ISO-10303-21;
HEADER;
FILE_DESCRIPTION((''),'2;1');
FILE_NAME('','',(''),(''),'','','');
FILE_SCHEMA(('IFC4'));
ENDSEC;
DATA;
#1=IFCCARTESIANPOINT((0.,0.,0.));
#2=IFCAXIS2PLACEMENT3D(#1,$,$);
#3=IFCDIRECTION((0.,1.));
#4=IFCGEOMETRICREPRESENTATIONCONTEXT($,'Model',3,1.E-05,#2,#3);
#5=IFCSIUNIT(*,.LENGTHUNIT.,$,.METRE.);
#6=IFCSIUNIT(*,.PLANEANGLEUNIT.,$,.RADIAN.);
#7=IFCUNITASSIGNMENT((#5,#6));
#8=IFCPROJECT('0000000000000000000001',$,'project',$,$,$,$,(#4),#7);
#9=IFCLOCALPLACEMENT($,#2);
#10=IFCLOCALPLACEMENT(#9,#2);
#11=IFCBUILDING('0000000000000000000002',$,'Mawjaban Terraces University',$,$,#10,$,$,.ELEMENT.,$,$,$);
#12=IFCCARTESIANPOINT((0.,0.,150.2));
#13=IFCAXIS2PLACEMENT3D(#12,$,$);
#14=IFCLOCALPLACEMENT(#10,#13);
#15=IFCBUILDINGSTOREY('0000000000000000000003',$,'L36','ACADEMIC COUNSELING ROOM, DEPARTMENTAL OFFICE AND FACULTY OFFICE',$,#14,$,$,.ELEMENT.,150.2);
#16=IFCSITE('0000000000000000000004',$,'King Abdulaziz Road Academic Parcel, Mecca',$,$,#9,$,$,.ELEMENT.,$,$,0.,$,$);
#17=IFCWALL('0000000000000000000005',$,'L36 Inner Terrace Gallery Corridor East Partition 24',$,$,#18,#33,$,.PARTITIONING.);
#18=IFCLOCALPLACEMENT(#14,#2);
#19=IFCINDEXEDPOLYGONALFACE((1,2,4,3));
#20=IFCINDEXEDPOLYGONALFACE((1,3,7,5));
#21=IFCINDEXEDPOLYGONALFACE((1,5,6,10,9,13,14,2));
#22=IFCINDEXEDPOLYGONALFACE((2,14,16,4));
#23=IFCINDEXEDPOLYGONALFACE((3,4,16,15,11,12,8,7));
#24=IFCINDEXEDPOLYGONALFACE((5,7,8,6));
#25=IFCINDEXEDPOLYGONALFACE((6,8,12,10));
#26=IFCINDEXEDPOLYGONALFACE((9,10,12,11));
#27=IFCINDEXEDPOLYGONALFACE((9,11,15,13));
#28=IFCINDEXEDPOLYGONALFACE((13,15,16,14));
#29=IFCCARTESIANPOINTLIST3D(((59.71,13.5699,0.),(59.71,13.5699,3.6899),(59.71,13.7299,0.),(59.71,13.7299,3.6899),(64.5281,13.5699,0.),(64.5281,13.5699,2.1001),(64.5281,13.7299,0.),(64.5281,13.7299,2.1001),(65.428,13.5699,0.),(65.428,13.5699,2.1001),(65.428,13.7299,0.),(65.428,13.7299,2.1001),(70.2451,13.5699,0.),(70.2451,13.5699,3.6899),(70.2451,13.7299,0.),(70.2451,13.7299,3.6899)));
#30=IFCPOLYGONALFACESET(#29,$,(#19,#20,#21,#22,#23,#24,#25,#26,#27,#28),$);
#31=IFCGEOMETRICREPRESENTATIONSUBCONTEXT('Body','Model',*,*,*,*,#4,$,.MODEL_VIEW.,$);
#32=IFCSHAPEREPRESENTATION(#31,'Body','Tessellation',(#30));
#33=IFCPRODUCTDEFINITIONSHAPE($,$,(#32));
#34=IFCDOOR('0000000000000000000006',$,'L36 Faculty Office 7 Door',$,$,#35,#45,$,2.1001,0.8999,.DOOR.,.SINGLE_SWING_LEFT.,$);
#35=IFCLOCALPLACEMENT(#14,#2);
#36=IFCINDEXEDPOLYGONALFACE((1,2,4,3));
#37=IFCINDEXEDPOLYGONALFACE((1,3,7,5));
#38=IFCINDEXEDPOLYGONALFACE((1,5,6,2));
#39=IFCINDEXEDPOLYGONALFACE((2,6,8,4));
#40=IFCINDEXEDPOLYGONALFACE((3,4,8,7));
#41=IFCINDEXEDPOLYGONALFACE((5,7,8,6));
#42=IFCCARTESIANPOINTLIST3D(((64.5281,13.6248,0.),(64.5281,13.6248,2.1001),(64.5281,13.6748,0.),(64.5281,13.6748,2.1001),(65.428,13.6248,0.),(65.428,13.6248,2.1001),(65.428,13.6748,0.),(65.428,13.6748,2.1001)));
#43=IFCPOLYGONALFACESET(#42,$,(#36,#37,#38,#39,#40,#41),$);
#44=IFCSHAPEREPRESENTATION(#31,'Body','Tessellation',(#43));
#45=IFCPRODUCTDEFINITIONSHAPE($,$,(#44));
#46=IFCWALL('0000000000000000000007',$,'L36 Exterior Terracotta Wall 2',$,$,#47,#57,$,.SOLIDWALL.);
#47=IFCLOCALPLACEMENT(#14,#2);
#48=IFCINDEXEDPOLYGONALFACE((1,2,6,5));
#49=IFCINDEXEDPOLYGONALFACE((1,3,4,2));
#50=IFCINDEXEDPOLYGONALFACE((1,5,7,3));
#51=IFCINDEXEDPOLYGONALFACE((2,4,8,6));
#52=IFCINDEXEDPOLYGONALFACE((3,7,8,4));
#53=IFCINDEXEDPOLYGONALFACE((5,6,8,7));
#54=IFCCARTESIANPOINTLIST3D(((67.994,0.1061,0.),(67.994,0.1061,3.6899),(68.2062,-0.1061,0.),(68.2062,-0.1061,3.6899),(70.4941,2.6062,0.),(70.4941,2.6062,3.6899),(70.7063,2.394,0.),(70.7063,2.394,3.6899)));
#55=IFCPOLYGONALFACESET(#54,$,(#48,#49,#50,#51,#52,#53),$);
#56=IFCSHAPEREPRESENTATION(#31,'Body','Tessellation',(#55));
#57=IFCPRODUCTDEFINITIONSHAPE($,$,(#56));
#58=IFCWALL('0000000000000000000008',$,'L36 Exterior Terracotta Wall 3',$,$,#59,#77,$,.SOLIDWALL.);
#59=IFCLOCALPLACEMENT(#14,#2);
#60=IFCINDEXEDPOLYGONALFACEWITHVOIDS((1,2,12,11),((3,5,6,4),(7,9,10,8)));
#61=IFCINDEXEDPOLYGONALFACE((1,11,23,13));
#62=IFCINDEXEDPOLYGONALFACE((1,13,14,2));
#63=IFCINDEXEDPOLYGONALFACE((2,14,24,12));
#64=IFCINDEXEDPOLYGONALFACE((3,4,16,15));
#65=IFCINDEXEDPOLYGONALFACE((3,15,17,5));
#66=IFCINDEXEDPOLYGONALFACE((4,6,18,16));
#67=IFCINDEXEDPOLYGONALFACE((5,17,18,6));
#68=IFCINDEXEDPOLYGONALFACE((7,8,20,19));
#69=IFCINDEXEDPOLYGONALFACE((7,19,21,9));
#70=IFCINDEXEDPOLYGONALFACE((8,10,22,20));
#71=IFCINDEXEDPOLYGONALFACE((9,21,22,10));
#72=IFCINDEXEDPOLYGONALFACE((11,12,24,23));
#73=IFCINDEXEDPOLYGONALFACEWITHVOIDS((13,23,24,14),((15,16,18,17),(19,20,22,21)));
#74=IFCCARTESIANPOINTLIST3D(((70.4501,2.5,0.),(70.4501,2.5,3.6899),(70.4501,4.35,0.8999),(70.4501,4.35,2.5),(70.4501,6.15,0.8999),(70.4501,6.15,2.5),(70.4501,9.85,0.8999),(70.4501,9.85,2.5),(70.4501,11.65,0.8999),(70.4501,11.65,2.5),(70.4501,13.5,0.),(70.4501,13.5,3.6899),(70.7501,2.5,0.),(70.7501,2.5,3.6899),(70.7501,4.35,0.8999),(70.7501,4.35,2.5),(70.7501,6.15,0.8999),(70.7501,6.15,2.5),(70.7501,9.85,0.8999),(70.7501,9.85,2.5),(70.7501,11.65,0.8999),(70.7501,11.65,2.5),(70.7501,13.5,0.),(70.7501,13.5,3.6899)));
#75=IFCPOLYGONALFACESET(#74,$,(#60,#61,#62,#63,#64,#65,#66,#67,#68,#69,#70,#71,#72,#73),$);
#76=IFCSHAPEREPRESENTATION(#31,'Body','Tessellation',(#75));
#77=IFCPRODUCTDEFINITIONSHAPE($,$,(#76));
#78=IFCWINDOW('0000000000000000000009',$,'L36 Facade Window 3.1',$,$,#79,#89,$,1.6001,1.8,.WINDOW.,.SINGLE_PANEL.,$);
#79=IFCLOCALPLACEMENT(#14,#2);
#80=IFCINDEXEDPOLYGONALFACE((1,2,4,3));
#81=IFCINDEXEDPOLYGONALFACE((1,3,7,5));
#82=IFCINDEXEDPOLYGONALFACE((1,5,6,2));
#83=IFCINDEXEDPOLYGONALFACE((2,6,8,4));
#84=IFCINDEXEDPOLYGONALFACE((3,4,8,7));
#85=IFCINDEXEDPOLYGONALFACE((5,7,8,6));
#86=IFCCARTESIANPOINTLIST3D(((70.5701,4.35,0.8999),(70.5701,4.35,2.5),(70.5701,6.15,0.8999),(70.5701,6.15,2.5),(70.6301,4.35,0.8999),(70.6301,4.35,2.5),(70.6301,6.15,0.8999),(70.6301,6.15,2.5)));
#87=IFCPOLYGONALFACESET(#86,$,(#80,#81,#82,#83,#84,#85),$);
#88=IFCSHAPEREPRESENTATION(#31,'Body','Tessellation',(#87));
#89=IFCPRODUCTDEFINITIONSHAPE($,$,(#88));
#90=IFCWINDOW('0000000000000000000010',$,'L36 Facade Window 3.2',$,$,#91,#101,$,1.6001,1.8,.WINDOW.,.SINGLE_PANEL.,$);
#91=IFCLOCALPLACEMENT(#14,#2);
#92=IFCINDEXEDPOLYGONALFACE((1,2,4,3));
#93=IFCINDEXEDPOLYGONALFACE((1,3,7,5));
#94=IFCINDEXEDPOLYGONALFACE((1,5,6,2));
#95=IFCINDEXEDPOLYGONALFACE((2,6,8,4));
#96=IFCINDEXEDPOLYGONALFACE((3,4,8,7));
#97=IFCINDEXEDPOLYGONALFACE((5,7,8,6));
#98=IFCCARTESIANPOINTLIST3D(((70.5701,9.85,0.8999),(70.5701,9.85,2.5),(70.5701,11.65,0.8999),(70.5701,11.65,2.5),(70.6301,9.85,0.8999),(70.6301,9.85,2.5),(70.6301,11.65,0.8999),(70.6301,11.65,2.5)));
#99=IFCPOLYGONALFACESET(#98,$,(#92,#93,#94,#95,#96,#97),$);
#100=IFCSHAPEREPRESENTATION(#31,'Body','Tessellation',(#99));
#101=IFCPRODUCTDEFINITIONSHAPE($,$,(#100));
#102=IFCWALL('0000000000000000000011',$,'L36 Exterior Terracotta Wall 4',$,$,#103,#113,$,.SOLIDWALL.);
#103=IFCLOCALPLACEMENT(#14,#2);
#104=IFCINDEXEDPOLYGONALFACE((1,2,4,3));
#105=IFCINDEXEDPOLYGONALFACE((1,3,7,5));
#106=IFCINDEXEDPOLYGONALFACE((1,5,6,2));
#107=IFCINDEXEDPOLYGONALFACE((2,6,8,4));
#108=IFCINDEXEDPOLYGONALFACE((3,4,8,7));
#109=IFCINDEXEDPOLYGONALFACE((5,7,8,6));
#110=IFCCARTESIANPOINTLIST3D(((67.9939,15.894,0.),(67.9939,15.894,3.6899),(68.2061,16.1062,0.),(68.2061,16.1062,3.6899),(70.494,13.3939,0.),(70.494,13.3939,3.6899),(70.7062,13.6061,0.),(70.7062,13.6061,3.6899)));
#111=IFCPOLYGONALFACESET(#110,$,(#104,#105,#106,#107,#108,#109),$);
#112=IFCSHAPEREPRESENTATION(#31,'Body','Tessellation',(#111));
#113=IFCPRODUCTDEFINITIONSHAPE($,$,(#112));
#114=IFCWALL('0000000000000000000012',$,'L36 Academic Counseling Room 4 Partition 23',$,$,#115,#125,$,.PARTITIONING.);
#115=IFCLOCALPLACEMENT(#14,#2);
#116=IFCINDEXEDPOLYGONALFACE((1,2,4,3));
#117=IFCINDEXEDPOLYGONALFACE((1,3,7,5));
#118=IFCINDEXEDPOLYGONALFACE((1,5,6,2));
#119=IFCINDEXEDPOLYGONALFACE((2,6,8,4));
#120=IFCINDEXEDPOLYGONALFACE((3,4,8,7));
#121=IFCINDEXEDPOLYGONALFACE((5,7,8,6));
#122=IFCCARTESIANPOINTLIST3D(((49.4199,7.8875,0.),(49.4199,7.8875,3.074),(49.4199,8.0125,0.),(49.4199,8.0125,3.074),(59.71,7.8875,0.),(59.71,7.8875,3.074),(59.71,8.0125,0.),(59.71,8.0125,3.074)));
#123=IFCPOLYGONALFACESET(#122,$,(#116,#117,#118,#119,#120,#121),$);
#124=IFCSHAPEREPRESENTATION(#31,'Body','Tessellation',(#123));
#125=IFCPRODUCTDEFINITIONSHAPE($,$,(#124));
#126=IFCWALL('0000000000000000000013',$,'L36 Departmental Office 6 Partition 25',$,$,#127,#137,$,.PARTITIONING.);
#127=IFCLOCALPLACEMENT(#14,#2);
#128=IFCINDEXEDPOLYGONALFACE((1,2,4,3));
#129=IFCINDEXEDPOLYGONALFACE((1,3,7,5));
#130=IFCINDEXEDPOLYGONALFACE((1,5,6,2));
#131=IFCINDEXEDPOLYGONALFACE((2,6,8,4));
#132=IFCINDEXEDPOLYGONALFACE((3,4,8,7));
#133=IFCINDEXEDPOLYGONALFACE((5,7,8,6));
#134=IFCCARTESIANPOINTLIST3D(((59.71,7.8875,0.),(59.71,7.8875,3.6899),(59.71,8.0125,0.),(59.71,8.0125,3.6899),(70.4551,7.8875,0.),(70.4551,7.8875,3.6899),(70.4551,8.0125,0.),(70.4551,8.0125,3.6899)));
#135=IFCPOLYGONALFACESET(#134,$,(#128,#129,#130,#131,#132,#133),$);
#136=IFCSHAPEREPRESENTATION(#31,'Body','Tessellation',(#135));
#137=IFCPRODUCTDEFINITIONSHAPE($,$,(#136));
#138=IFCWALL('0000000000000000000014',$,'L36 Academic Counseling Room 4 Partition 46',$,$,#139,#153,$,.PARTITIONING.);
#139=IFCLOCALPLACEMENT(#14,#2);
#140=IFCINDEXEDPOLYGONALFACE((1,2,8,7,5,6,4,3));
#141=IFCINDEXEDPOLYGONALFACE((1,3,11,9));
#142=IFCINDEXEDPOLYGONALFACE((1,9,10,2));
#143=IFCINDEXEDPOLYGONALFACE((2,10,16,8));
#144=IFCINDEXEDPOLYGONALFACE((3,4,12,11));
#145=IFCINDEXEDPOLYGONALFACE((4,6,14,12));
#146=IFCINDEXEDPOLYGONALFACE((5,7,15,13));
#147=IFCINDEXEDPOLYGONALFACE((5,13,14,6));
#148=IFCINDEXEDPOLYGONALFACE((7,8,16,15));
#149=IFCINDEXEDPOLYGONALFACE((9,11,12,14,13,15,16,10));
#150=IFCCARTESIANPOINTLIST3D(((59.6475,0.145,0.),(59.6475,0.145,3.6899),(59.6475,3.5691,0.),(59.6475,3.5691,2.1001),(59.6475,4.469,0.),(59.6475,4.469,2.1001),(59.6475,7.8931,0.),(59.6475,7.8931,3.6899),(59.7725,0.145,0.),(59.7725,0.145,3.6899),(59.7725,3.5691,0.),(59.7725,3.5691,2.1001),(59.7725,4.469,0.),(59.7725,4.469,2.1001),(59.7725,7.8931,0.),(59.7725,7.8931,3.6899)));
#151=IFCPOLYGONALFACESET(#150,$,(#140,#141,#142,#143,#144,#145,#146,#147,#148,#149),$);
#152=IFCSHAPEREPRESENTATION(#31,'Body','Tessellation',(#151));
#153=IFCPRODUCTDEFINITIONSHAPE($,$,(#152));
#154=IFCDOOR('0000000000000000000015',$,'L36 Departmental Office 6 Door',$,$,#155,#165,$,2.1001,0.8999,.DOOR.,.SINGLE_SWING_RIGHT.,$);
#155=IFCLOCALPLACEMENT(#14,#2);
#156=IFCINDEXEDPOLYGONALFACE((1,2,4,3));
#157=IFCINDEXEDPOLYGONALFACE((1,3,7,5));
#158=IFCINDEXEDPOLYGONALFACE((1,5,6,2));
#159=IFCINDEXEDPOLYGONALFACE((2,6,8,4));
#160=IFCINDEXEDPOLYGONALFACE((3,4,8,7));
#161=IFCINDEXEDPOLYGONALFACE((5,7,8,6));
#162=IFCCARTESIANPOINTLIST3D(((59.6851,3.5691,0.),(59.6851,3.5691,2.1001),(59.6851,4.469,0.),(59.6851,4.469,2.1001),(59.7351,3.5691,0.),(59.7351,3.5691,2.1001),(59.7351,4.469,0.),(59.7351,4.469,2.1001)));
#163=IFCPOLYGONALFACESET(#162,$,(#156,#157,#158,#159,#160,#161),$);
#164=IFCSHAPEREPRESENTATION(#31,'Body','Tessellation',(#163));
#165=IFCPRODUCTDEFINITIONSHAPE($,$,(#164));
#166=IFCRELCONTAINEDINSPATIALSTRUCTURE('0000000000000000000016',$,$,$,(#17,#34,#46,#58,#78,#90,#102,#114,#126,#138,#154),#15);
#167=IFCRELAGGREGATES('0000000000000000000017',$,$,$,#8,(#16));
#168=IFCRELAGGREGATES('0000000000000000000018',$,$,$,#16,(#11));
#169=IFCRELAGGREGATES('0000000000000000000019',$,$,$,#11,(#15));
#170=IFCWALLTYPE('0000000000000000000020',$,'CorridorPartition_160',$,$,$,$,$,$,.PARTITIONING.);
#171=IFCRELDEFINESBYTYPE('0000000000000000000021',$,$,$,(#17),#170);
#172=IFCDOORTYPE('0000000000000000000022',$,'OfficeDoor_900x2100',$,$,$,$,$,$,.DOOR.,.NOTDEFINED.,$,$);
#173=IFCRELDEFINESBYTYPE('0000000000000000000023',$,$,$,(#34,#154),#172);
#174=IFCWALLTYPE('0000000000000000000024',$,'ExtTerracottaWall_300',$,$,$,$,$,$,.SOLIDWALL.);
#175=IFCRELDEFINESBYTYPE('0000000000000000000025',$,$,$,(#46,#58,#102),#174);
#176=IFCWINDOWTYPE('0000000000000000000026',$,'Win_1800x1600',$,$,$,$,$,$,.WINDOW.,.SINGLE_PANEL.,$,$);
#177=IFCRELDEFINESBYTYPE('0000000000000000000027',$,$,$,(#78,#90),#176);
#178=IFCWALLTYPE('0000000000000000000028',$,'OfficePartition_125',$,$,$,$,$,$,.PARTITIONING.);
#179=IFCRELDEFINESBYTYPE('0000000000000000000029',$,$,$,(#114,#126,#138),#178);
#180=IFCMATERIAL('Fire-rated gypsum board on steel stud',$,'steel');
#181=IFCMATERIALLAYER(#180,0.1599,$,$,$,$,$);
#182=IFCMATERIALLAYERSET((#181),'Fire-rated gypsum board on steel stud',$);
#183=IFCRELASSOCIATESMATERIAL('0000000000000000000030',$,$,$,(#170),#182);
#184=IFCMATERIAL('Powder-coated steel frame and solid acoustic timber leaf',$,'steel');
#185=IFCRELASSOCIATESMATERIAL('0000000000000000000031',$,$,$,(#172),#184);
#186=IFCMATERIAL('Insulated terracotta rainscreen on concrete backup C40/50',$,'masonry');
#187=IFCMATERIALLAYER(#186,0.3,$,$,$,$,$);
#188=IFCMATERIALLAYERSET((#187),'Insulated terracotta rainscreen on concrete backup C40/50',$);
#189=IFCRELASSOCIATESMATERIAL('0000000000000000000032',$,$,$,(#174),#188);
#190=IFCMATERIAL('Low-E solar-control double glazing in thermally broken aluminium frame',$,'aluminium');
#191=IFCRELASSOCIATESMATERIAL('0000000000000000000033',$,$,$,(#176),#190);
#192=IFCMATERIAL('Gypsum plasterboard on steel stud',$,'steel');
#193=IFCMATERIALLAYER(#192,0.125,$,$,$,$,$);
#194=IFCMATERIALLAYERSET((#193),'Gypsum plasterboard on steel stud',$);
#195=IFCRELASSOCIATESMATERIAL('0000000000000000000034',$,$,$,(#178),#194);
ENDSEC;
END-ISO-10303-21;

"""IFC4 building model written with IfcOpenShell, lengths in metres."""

from ifc_helpers import new_model, si_unit, direction, frame, frame_2d, origin, place, context, subcontext, project, spatial, rectangle, extrude, material, layer, layer_set, type_object, element, fill, save


model = new_model("IFC4")

# Units and contexts
model_context = context("Model", 3, precision=1e-05, world=origin(), true_north=direction((0.0, 1.0)))
body_context = subcontext(model_context, "Body", "Model", "MODEL_VIEW")
ifc_project = project(units=[si_unit("LENGTHUNIT", "METRE"), si_unit("PLANEANGLEUNIT", "RADIAN")], contexts=[model_context])

# Site, building, storey
site_placement = place(None, origin())
site = spatial("IfcSite", under=ifc_project, at=site_placement, Name="King Abdulaziz Road Academic Parcel, Mecca", CompositionType="ELEMENT", RefElevation=0.0)
building_placement = place(site_placement, origin())
building = spatial("IfcBuilding", under=site, at=building_placement, Name="Mawjaban Terraces University", CompositionType="ELEMENT")
storey_placement = place(building_placement, frame((0.0, 0.0, 150.2)))
storey = spatial("IfcBuildingStorey", under=building, at=storey_placement, Name="L36", Description="ACADEMIC COUNSELING ROOM, DEPARTMENTAL OFFICE AND FACULTY OFFICE", CompositionType="ELEMENT", Elevation=150.2)

# Wall, opening, door
ifc_material_1 = material(Name="Fire-rated gypsum board on steel stud", Category="steel")
ifc_layer_1 = layer(ifc_material_1, 0.1599)
ifc_layer_set_1 = layer_set([ifc_layer_1], Name="Fire-rated gypsum board on steel stud")
wall_type_1 = type_object("IfcWallType", Name="CorridorPartition_160", PredefinedType="PARTITIONING", material=ifc_layer_set_1)
wall_1_placement = place(storey_placement, frame((59.71, 13.6499, 0.0), z_axis=(0.0, 0.0, 1.0), x_axis=(1.0, 0.0, 0.0)))
wall_1 = element("IfcWall", 1, at=wall_1_placement, inside=storey, type_object=wall_type_1, Name="L36 Inner Terrace Gallery Corridor East Partition 24", PredefinedType="PARTITIONING", context=body_context, shape_type="SweptSolid", body=[
    extrude(rectangle(XDim=10.5352, YDim=0.1599, at=frame_2d((5.2676, 0.0))), origin(), (0.0, 0.0, 1.0), 3.6899),
])
opening_1_placement = place(wall_1_placement, frame((4.8181, 0.0, 0.0)))
opening_1 = element("IfcOpeningElement", 2, at=opening_1_placement, cuts=wall_1, PredefinedType="OPENING", context=body_context, shape_type="SweptSolid", body=[
    extrude(rectangle(XDim=0.8999, YDim=2.1001, at=frame_2d((0.45, 1.05))), frame((0.0, 0.0898, 0.0), z_axis=(0.0, -1.0, 0.0), x_axis=(1.0, 0.0, 0.0)), (0.0, 0.0, 1.0), 0.1799),
])
ifc_material_2 = material(Name="Powder-coated steel frame and solid acoustic timber leaf", Category="steel")
door_type = type_object("IfcDoorType", Name="OfficeDoor_900x2100", OperationType="NOTDEFINED", PredefinedType="DOOR", material=ifc_material_2)
door_1_placement = place(opening_1_placement, origin())
door_1 = element("IfcDoor", 3, at=door_1_placement, inside=storey, type_object=door_type, Name="L36 Faculty Office 7 Door", OperationType="SINGLE_SWING_LEFT", OverallHeight=2.1001, OverallWidth=0.8999, PredefinedType="DOOR", context=body_context, shape_type="SweptSolid", body=[
    extrude(rectangle(XDim=0.8999, YDim=2.1001, at=frame_2d((0.45, 1.05))), frame((0.0, 0.0249, 0.0), z_axis=(0.0, -1.0, 0.0), x_axis=(1.0, 0.0, 0.0)), (0.0, 0.0, 1.0), 0.05),
])
fill(opening_1, door_1)

# Wall
ifc_material_3 = material(Name="Insulated terracotta rainscreen on concrete backup C40/50", Category="masonry")
ifc_layer_2 = layer(ifc_material_3, 0.3)
ifc_layer_set_2 = layer_set([ifc_layer_2], Name="Insulated terracotta rainscreen on concrete backup C40/50")
wall_type_2 = type_object("IfcWallType", Name="ExtTerracottaWall_300", PredefinedType="SOLIDWALL", material=ifc_layer_set_2)
wall_2_placement = place(storey_placement, frame((68.1001, 0.0, 0.0), z_axis=(0.0, 0.0, 1.0), x_axis=(0.707107, 0.707107, 0.0)))
element("IfcWall", 4, at=wall_2_placement, inside=storey, type_object=wall_type_2, Name="L36 Exterior Terracotta Wall 2", PredefinedType="SOLIDWALL", context=body_context, shape_type="SweptSolid", body=[
    extrude(rectangle(XDim=3.5356, YDim=0.3, at=frame_2d((1.7678, 0.0))), origin(), (0.0, 0.0, 1.0), 3.6899),
])

# Wall, openings, windows
wall_3_placement = place(storey_placement, frame((70.6001, 2.5, 0.0), z_axis=(0.0, 0.0, 1.0), x_axis=(0.0, 1.0, 0.0)))
wall_3 = element("IfcWall", 5, at=wall_3_placement, inside=storey, type_object=wall_type_2, Name="L36 Exterior Terracotta Wall 3", PredefinedType="SOLIDWALL", context=body_context, shape_type="SweptSolid", body=[
    extrude(rectangle(XDim=11.0, YDim=0.3, at=frame_2d((5.5, 0.0))), origin(), (0.0, 0.0, 1.0), 3.6899),
])
opening_2_placement = place(wall_3_placement, frame((1.8501, 0.0, 0.8999)))
opening_2 = element("IfcOpeningElement", 6, at=opening_2_placement, cuts=wall_3, PredefinedType="OPENING", context=body_context, shape_type="SweptSolid", body=[
    extrude(rectangle(XDim=1.8, YDim=1.6001, at=frame_2d((0.8999, 0.8))), frame((0.0, 0.1599, 0.0), z_axis=(0.0, -1.0, 0.0), x_axis=(1.0, 0.0, 0.0)), (0.0, 0.0, 1.0), 0.3201),
])
opening_3_placement = place(wall_3_placement, frame((7.3501, 0.0, 0.8999)))
opening_3 = element("IfcOpeningElement", 7, at=opening_3_placement, cuts=wall_3, PredefinedType="OPENING", context=body_context, shape_type="SweptSolid", body=[
    extrude(rectangle(XDim=1.8, YDim=1.6001, at=frame_2d((0.8999, 0.8))), frame((0.0, 0.1599, 0.0), z_axis=(0.0, -1.0, 0.0), x_axis=(1.0, 0.0, 0.0)), (0.0, 0.0, 1.0), 0.3201),
])
ifc_material_4 = material(Name="Low-E solar-control double glazing in thermally broken aluminium frame", Category="aluminium")
window_type = type_object("IfcWindowType", Name="Win_1800x1600", PartitioningType="SINGLE_PANEL", PredefinedType="WINDOW", material=ifc_material_4)
window_1_placement = place(opening_2_placement, origin())
window_1 = element("IfcWindow", 8, at=window_1_placement, inside=storey, type_object=window_type, Name="L36 Facade Window 3.1", OverallHeight=1.6001, OverallWidth=1.8, PartitioningType="SINGLE_PANEL", PredefinedType="WINDOW", context=body_context, shape_type="SweptSolid", body=[
    extrude(rectangle(XDim=1.8, YDim=1.6001, at=frame_2d((0.8999, 0.8))), frame((0.0, 0.03, 0.0), z_axis=(0.0, -1.0, 0.0), x_axis=(1.0, 0.0, 0.0)), (0.0, 0.0, 1.0), 0.0601),
])
fill(opening_2, window_1)
window_2_placement = place(opening_3_placement, origin())
window_2 = element("IfcWindow", 9, at=window_2_placement, inside=storey, type_object=window_type, Name="L36 Facade Window 3.2", OverallHeight=1.6001, OverallWidth=1.8, PartitioningType="SINGLE_PANEL", PredefinedType="WINDOW", context=body_context, shape_type="SweptSolid", body=[
    extrude(rectangle(XDim=1.8, YDim=1.6001, at=frame_2d((0.8999, 0.8))), frame((0.0, 0.03, 0.0), z_axis=(0.0, -1.0, 0.0), x_axis=(1.0, 0.0, 0.0)), (0.0, 0.0, 1.0), 0.0601),
])
fill(opening_3, window_2)

# Walls
wall_4_placement = place(storey_placement, frame((70.6001, 13.5, 0.0), z_axis=(0.0, 0.0, 1.0), x_axis=(-0.707107, 0.707107, 0.0)))
element("IfcWall", 10, at=wall_4_placement, inside=storey, type_object=wall_type_2, Name="L36 Exterior Terracotta Wall 4", PredefinedType="SOLIDWALL", context=body_context, shape_type="SweptSolid", body=[
    extrude(rectangle(XDim=3.5356, YDim=0.3, at=frame_2d((1.7678, 0.0))), origin(), (0.0, 0.0, 1.0), 3.6899),
])
ifc_material_5 = material(Name="Gypsum plasterboard on steel stud", Category="steel")
ifc_layer_3 = layer(ifc_material_5, 0.125)
ifc_layer_set_3 = layer_set([ifc_layer_3], Name="Gypsum plasterboard on steel stud")
wall_type_3 = type_object("IfcWallType", Name="OfficePartition_125", PredefinedType="PARTITIONING", material=ifc_layer_set_3)
wall_5_placement = place(storey_placement, frame((59.71, 7.95, 0.0), z_axis=(0.0, 0.0, 1.0), x_axis=(-1.0, 0.0, 0.0)))
element("IfcWall", 11, at=wall_5_placement, inside=storey, type_object=wall_type_3, Name="L36 Academic Counseling Room 4 Partition 23", PredefinedType="PARTITIONING", context=body_context, shape_type="SweptSolid", body=[
    extrude(rectangle(XDim=10.29, YDim=0.125, at=frame_2d((5.145, 0.0))), origin(), (0.0, 0.0, 1.0), 3.074),
])
wall_6_placement = place(storey_placement, frame((70.4551, 7.95, 0.0), z_axis=(0.0, 0.0, 1.0), x_axis=(-1.0, 0.0, 0.0)))
element("IfcWall", 12, at=wall_6_placement, inside=storey, type_object=wall_type_3, Name="L36 Departmental Office 6 Partition 25", PredefinedType="PARTITIONING", context=body_context, shape_type="SweptSolid", body=[
    extrude(rectangle(XDim=10.7451, YDim=0.125, at=frame_2d((5.3726, 0.0))), origin(), (0.0, 0.0, 1.0), 3.6899),
])

# Wall, opening, door
wall_7_placement = place(storey_placement, frame((59.71, 0.145, 0.0), z_axis=(0.0, 0.0, 1.0), x_axis=(0.0, 1.0, 0.0)))
wall_7 = element("IfcWall", 13, at=wall_7_placement, inside=storey, type_object=wall_type_3, Name="L36 Academic Counseling Room 4 Partition 46", PredefinedType="PARTITIONING", context=body_context, shape_type="SweptSolid", body=[
    extrude(rectangle(XDim=7.748, YDim=0.125, at=frame_2d((3.874, 0.0))), origin(), (0.0, 0.0, 1.0), 3.6899),
])
opening_4_placement = place(wall_7_placement, frame((3.4241, 0.0, 0.0)))
opening_4 = element("IfcOpeningElement", 14, at=opening_4_placement, cuts=wall_7, PredefinedType="OPENING", context=body_context, shape_type="SweptSolid", body=[
    extrude(rectangle(XDim=0.8999, YDim=2.1001, at=frame_2d((0.45, 1.05))), frame((0.0, 0.0725, 0.0), z_axis=(0.0, -1.0, 0.0), x_axis=(1.0, 0.0, 0.0)), (0.0, 0.0, 1.0), 0.145),
])
door_2_placement = place(opening_4_placement, origin())
door_2 = element("IfcDoor", 15, at=door_2_placement, inside=storey, type_object=door_type, Name="L36 Departmental Office 6 Door", OperationType="SINGLE_SWING_RIGHT", OverallHeight=2.1001, OverallWidth=0.8999, PredefinedType="DOOR", context=body_context, shape_type="SweptSolid", body=[
    extrude(rectangle(XDim=0.8999, YDim=2.1001, at=frame_2d((0.45, 1.05))), frame((0.0, 0.0249, 0.0), z_axis=(0.0, -1.0, 0.0), x_axis=(1.0, 0.0, 0.0)), (0.0, 0.0, 1.0), 0.05),
])
fill(opening_4, door_2)

save(model, "model.ifc")
